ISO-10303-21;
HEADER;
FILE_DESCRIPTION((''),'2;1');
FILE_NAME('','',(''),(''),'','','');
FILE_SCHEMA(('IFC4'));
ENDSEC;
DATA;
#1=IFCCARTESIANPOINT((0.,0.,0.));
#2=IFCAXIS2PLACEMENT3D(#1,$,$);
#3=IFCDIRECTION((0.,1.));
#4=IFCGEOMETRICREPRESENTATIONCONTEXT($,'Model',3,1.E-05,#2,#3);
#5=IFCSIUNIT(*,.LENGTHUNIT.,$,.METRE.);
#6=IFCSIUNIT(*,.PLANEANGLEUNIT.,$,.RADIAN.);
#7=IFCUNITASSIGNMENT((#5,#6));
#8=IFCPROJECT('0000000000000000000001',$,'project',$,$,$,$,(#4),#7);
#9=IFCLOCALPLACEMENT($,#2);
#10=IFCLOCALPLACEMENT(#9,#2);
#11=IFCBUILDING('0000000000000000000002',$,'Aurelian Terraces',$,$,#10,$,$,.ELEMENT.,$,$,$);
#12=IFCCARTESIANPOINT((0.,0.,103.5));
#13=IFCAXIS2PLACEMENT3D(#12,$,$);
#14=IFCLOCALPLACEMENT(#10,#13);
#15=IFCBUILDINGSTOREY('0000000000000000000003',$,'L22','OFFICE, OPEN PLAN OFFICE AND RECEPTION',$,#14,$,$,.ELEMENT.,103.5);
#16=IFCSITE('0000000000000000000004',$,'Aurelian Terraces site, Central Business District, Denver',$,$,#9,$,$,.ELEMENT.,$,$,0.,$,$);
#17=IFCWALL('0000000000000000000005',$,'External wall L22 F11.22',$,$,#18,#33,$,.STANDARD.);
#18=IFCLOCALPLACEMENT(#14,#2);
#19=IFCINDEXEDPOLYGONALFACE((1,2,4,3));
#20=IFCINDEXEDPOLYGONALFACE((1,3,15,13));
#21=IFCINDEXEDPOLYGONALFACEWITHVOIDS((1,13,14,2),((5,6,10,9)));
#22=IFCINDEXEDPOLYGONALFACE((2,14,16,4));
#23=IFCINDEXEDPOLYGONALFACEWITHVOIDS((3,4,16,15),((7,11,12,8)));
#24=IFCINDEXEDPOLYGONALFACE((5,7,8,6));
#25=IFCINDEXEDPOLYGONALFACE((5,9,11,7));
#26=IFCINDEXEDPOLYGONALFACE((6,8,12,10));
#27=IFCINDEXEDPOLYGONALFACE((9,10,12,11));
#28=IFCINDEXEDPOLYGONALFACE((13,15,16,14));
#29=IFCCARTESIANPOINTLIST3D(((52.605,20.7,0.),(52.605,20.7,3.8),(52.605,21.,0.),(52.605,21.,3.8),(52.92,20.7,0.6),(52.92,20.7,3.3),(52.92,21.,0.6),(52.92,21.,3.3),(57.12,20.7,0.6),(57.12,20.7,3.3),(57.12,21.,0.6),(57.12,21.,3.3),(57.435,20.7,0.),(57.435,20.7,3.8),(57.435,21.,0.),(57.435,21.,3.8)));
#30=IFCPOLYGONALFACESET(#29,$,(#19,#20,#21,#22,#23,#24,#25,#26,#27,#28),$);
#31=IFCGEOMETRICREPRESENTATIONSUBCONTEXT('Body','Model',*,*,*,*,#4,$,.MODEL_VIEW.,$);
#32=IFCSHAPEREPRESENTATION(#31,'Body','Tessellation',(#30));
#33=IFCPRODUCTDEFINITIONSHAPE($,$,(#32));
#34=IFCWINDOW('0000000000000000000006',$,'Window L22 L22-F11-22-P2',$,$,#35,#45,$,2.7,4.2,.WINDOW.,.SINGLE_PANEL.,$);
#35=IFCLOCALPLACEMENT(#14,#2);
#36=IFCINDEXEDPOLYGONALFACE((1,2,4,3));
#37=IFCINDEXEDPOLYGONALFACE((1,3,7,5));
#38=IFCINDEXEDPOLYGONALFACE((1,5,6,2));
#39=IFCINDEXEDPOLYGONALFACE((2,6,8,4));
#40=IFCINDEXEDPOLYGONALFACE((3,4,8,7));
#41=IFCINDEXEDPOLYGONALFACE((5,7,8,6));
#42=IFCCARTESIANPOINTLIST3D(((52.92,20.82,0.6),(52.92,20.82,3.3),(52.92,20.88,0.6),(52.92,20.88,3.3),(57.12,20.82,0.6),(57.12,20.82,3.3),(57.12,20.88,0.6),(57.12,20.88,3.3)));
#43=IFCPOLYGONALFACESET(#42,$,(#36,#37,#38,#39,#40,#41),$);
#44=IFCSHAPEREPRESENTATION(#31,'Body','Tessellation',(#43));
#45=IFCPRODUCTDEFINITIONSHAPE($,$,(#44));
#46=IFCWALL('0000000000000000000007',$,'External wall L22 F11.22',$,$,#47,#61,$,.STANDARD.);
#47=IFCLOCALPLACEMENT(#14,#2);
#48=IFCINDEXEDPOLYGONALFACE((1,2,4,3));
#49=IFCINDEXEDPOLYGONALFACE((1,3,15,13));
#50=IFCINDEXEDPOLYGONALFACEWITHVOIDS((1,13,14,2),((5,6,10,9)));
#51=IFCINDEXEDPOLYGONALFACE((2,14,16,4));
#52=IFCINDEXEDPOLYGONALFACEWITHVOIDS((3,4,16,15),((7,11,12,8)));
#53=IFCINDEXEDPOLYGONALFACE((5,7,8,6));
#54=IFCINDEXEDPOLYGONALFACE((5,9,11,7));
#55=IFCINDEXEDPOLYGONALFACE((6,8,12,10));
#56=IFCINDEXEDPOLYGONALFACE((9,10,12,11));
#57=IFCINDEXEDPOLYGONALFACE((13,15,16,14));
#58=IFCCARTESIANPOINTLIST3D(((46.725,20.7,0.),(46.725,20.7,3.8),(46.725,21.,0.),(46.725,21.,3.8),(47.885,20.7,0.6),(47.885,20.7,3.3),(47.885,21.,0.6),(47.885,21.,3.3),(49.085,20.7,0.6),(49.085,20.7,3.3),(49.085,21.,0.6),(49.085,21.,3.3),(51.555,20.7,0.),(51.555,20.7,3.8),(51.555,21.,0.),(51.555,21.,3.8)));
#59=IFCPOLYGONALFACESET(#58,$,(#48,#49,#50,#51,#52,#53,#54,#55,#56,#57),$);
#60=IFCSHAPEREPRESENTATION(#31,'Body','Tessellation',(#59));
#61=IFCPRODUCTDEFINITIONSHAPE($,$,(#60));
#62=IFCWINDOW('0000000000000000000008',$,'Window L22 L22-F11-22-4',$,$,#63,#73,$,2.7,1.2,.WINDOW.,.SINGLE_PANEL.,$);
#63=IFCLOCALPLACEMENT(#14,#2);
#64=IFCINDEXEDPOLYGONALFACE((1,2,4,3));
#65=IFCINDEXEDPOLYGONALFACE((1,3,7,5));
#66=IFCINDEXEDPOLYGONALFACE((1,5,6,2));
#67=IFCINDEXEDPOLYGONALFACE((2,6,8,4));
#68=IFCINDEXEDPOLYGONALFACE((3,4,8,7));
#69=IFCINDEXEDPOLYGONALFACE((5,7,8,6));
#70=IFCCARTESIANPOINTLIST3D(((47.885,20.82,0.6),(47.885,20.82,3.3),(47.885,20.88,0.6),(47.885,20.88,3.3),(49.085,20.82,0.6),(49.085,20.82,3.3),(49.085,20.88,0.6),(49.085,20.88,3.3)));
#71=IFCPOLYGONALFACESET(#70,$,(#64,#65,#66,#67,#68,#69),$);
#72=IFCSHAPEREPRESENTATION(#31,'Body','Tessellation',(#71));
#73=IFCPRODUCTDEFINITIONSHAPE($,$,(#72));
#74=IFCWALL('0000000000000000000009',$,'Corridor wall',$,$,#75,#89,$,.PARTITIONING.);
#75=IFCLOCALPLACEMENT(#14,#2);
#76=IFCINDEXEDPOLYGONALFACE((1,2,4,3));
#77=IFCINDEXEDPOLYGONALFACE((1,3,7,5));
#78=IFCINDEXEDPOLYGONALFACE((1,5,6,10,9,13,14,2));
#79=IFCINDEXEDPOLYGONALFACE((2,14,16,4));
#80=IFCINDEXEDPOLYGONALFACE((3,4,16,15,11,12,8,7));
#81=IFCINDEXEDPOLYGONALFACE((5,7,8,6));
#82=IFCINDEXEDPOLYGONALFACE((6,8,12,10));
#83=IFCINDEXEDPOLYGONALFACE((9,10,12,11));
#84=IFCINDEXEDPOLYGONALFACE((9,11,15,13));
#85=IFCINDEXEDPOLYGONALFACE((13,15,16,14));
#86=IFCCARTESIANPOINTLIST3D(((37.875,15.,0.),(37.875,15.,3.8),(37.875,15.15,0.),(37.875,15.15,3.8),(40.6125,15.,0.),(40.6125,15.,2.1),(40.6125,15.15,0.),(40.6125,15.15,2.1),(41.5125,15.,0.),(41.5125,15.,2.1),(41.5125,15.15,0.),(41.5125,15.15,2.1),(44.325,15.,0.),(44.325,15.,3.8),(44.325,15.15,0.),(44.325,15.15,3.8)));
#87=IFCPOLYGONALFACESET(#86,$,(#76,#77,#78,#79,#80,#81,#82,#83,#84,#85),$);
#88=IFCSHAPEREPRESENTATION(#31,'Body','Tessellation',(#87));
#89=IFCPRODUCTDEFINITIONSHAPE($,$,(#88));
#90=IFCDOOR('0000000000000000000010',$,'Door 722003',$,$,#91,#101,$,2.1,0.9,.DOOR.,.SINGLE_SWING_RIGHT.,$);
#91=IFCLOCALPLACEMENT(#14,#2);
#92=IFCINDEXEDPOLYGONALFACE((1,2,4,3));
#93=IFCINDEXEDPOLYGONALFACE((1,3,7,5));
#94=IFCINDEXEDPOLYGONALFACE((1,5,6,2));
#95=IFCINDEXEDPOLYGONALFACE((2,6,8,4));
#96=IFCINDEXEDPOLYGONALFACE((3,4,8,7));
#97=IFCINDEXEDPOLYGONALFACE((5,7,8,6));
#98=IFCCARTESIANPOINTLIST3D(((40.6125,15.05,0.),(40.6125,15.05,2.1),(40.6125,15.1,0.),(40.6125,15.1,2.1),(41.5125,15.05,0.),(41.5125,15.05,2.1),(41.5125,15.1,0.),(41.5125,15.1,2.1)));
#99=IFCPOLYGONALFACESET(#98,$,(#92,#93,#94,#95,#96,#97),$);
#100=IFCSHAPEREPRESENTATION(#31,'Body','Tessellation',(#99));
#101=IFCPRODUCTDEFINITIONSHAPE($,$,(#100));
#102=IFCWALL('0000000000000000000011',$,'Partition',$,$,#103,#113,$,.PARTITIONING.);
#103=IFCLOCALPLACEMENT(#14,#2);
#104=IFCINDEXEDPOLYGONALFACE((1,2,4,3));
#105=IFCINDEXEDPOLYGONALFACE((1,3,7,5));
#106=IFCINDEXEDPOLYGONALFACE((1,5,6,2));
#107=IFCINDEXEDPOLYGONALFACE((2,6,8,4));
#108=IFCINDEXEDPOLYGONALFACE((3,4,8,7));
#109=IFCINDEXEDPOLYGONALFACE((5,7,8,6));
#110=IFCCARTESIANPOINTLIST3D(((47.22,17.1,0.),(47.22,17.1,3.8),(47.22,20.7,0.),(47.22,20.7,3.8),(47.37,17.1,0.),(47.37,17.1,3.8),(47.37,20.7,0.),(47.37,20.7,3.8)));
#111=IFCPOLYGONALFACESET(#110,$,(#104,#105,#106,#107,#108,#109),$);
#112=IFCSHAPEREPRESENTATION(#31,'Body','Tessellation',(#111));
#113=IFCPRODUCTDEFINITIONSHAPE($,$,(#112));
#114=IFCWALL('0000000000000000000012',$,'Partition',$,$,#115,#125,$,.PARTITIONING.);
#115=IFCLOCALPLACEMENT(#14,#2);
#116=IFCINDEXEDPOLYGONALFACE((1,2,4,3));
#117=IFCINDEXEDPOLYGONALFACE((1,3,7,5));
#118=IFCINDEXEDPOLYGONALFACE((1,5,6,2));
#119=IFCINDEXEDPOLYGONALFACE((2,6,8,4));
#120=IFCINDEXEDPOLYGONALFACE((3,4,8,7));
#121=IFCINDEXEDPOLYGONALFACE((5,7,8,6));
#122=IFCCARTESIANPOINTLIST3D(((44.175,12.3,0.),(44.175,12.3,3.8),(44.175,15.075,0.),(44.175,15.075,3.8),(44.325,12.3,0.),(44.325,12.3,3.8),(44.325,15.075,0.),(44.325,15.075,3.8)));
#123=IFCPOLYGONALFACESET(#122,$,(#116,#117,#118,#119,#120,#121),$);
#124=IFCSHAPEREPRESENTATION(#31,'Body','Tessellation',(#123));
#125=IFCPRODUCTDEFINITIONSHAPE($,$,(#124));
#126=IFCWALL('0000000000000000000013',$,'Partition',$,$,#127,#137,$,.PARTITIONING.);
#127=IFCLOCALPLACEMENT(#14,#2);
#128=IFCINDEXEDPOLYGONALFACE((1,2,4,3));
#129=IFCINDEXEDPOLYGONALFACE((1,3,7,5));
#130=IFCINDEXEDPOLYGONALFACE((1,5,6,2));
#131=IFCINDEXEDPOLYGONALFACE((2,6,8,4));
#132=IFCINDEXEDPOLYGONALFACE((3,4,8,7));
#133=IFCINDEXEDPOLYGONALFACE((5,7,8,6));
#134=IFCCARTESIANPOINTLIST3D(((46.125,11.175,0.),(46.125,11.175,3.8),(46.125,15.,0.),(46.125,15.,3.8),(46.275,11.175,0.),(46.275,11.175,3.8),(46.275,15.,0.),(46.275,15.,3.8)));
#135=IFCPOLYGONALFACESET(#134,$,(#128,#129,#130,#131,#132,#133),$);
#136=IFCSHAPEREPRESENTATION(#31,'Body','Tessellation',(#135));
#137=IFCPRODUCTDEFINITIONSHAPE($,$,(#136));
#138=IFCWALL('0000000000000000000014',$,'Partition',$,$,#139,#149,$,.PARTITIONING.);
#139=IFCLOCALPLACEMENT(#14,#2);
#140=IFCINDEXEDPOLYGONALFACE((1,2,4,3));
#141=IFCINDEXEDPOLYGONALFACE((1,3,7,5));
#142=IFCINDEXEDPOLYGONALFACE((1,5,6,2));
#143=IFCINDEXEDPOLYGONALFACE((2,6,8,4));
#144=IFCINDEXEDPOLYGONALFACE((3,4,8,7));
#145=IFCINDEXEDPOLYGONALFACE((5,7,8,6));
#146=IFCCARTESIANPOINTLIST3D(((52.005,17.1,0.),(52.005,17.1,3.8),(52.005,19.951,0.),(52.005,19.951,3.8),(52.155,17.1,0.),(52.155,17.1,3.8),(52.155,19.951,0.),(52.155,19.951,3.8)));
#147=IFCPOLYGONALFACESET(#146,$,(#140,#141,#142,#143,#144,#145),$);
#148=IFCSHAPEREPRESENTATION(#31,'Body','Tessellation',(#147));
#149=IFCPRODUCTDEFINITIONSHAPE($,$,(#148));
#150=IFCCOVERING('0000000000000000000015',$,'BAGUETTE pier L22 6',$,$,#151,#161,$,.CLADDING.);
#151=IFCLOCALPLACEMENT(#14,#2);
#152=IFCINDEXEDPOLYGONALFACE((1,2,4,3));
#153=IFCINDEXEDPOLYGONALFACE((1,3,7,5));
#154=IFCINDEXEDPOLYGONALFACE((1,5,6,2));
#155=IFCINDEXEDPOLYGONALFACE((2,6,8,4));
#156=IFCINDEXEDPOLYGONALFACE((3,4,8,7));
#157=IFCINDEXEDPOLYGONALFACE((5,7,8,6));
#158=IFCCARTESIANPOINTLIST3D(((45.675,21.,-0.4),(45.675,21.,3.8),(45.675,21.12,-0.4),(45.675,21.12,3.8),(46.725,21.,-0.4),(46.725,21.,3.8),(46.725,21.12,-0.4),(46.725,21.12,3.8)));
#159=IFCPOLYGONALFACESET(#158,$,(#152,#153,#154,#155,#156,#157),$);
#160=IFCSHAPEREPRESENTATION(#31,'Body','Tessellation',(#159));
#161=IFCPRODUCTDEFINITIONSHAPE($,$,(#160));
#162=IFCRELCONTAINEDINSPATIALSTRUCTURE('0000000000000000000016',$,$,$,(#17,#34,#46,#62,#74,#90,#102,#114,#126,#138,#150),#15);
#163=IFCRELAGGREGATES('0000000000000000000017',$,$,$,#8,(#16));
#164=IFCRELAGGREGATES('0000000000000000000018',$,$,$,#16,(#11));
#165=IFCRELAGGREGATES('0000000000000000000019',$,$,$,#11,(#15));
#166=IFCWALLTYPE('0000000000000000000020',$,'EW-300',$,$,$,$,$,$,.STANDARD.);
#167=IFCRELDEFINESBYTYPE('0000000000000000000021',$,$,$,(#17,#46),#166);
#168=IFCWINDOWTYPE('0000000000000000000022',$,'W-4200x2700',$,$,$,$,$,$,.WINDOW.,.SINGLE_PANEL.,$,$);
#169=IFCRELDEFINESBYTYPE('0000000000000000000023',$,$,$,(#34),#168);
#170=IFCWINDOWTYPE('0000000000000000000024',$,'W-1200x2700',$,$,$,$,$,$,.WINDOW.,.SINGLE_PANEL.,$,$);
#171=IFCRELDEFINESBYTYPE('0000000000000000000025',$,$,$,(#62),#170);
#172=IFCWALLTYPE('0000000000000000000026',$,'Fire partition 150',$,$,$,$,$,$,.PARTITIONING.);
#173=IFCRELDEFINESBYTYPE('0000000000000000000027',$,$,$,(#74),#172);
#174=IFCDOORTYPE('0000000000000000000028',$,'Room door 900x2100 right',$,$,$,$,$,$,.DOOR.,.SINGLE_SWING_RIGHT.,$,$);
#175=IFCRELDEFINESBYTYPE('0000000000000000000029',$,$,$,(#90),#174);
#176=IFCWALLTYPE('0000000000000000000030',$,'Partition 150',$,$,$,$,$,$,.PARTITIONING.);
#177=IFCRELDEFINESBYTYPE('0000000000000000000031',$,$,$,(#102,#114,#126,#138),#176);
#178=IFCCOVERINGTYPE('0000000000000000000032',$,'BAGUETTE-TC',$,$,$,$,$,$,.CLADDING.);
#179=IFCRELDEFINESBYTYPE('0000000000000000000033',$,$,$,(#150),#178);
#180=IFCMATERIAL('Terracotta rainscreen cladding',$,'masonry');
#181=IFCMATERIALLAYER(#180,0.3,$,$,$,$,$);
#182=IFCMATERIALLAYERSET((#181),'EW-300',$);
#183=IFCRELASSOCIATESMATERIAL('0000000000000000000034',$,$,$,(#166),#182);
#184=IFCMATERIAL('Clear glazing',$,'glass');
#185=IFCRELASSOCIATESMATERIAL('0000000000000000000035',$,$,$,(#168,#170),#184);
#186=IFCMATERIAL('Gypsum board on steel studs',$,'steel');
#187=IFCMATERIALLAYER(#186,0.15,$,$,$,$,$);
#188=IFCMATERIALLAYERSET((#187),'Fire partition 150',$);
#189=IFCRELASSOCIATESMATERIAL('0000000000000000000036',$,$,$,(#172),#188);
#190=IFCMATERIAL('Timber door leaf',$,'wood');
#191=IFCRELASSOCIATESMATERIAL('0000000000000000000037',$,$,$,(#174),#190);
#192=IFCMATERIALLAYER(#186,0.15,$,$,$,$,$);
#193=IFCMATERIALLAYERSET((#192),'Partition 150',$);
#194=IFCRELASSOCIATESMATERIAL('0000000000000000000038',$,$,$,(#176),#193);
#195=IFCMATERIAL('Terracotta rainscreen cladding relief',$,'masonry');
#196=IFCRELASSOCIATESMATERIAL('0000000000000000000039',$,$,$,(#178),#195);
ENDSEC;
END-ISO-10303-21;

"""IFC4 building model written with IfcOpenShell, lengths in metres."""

from ifc_helpers import new_model, si_unit, direction, frame, frame_2d, origin, origin_2d, place, context, subcontext, project, spatial, rectangle, extrude, source, transform, mapped, material, layer, layer_set, type_object, element, fill, save


model = new_model("IFC4")

# Units and contexts
model_context = context("Model", 3, precision=1e-05, world=origin(), true_north=direction((0.0, 1.0)))
body_context = subcontext(model_context, "Body", "Model", "MODEL_VIEW")
ifc_project = project(units=[si_unit("LENGTHUNIT", "METRE"), si_unit("PLANEANGLEUNIT", "RADIAN")], contexts=[model_context])

# Site, building, storey
site_placement = place(None, origin())
site = spatial("IfcSite", under=ifc_project, at=site_placement, Name="Aurelian Terraces site, Central Business District, Denver", CompositionType="ELEMENT", RefElevation=0.0)
building_placement = place(site_placement, origin())
building = spatial("IfcBuilding", under=site, at=building_placement, Name="Aurelian Terraces", CompositionType="ELEMENT")
storey_placement = place(building_placement, frame((0.0, 0.0, 103.5)))
storey = spatial("IfcBuildingStorey", under=building, at=storey_placement, Name="L22", Description="OFFICE, OPEN PLAN OFFICE AND RECEPTION", CompositionType="ELEMENT", Elevation=103.5)

# Shared definitions
ifc_material_1 = material(Name="Clear glazing", Category="glass")

# Shared definitions
ifc_material_2 = material(Name="Terracotta rainscreen cladding", Category="masonry")
ifc_layer_1 = layer(ifc_material_2, 0.3)
ifc_layer_set_1 = layer_set([ifc_layer_1], Name="EW-300")
wall_type_1 = type_object("IfcWallType", Name="EW-300", PredefinedType="STANDARD", material=ifc_layer_set_1)
ifc_material_3 = material(Name="Timber door leaf", Category="wood")

# Walls, openings, windows
shared_shape_1 = source(origin(), body_context, "Body", "SweptSolid", [
    extrude(rectangle(XDim=4.83, YDim=0.3, at=frame_2d((2.415, 0.0))), origin(), (0.0, 0.0, 1.0), 3.8),
])
wall_1_placement = place(storey_placement, frame((57.435, 20.85, 0.0), z_axis=(0.0, 0.0, 1.0), x_axis=(-1.0, 0.0, 0.0)))
wall_1 = element("IfcWall", 1, at=wall_1_placement, inside=storey, type_object=wall_type_1, Name="External wall L22 F11.22", PredefinedType="STANDARD", context=body_context, shape_type="MappedRepresentation", body=[
    mapped(shared_shape_1, transform((0.0, 0.0, 0.0), scale=1.0)),
])
opening_1_placement = place(wall_1_placement, frame((0.315, 0.0, 0.6)))
opening_1 = element("IfcOpeningElement", 2, at=opening_1_placement, cuts=wall_1, PredefinedType="OPENING", context=body_context, shape_type="SweptSolid", body=[
    extrude(rectangle(XDim=4.2, YDim=2.7, at=frame_2d((2.1, 1.35))), frame((0.0, 0.16, 0.0), z_axis=(0.0, -1.0, 0.0), x_axis=(1.0, 0.0, 0.0)), (0.0, 0.0, 1.0), 0.32),
])
window_type_1 = type_object("IfcWindowType", Name="W-4200x2700", PartitioningType="SINGLE_PANEL", PredefinedType="WINDOW", material=ifc_material_1)
window_1_placement = place(opening_1_placement, origin())
window_1 = element("IfcWindow", 3, at=window_1_placement, inside=storey, type_object=window_type_1, Name="Window L22 L22-F11-22-P2", OverallHeight=2.7, OverallWidth=4.2, PartitioningType="SINGLE_PANEL", PredefinedType="WINDOW", context=body_context, shape_type="SweptSolid", body=[
    extrude(rectangle(XDim=4.2, YDim=2.7, at=frame_2d((2.1, 1.35))), frame((0.0, 0.03, 0.0), z_axis=(0.0, -1.0, 0.0), x_axis=(1.0, 0.0, 0.0)), (0.0, 0.0, 1.0), 0.06),
])
fill(opening_1, window_1)
wall_2_placement = place(storey_placement, frame((51.555, 20.85, 0.0), z_axis=(0.0, 0.0, 1.0), x_axis=(-1.0, 0.0, 0.0)))
wall_2 = element("IfcWall", 4, at=wall_2_placement, inside=storey, type_object=wall_type_1, Name="External wall L22 F11.22", PredefinedType="STANDARD", context=body_context, shape_type="MappedRepresentation", body=[
    mapped(shared_shape_1, transform((0.0, 0.0, 0.0), scale=1.0)),
])
shared_shape_2 = source(origin(), body_context, "Body", "SweptSolid", [
    extrude(rectangle(XDim=1.2, YDim=2.7, at=frame_2d((0.6, 1.35))), frame((0.0, 0.16, 0.0), z_axis=(0.0, -1.0, 0.0), x_axis=(1.0, 0.0, 0.0)), (0.0, 0.0, 1.0), 0.32),
])
opening_2_placement = place(wall_2_placement, frame((2.47, 0.0, 0.6)))
opening_2 = element("IfcOpeningElement", 5, at=opening_2_placement, cuts=wall_2, PredefinedType="OPENING", context=body_context, shape_type="MappedRepresentation", body=[
    mapped(shared_shape_2, transform((0.0, 0.0, 0.0), scale=1.0)),
])
window_type_2 = type_object("IfcWindowType", Name="W-1200x2700", PartitioningType="SINGLE_PANEL", PredefinedType="WINDOW", material=ifc_material_1)
shared_shape_3 = source(origin(), body_context, "Body", "SweptSolid", [
    extrude(rectangle(XDim=1.2, YDim=2.7, at=frame_2d((0.6, 1.35))), frame((0.0, 0.03, 0.0), z_axis=(0.0, -1.0, 0.0), x_axis=(1.0, 0.0, 0.0)), (0.0, 0.0, 1.0), 0.06),
])
window_2_placement = place(opening_2_placement, origin())
window_2 = element("IfcWindow", 6, at=window_2_placement, inside=storey, type_object=window_type_2, Name="Window L22 L22-F11-22-4", OverallHeight=2.7, OverallWidth=1.2, PartitioningType="SINGLE_PANEL", PredefinedType="WINDOW", context=body_context, shape_type="MappedRepresentation", body=[
    mapped(shared_shape_3, transform((0.0, 0.0, 0.0), scale=1.0)),
])
fill(opening_2, window_2)

# Wall, opening, door
ifc_material_4 = material(Name="Gypsum board on steel studs", Category="steel")
ifc_layer_2 = layer(ifc_material_4, 0.15)
ifc_layer_set_2 = layer_set([ifc_layer_2], Name="Fire partition 150")
wall_type_2 = type_object("IfcWallType", Name="Fire partition 150", PredefinedType="PARTITIONING", material=ifc_layer_set_2)
shared_shape_4 = source(origin(), body_context, "Body", "SweptSolid", [
    extrude(rectangle(XDim=6.45, YDim=0.15, at=frame_2d((3.225, 0.0))), origin(), (0.0, 0.0, 1.0), 3.8),
])
wall_3_placement = place(storey_placement, frame((44.325, 15.075, 0.0), z_axis=(0.0, 0.0, 1.0), x_axis=(-1.0, 0.0, 0.0)))
wall_3 = element("IfcWall", 7, at=wall_3_placement, inside=storey, type_object=wall_type_2, Name="Corridor wall", PredefinedType="PARTITIONING", context=body_context, shape_type="MappedRepresentation", body=[
    mapped(shared_shape_4, transform((0.0, 0.0, 0.0), scale=1.0)),
])
shared_shape_5 = source(origin(), body_context, "Body", "SweptSolid", [
    extrude(rectangle(XDim=0.9, YDim=2.1, at=frame_2d((0.45, 1.05))), frame((0.0, 0.085, 0.0), z_axis=(0.0, -1.0, 0.0), x_axis=(1.0, 0.0, 0.0)), (0.0, 0.0, 1.0), 0.17),
])
opening_3_placement = place(wall_3_placement, frame((2.8125, 0.0, 0.0)))
opening_3 = element("IfcOpeningElement", 8, at=opening_3_placement, cuts=wall_3, PredefinedType="OPENING", context=body_context, shape_type="MappedRepresentation", body=[
    mapped(shared_shape_5, transform((0.0, 0.0, 0.0), scale=1.0)),
])
door_type_1 = type_object("IfcDoorType", Name="Room door 900x2100 right", OperationType="SINGLE_SWING_RIGHT", PredefinedType="DOOR", material=ifc_material_3)
shared_shape_6 = source(origin(), body_context, "Body", "SweptSolid", [
    extrude(rectangle(XDim=0.9, YDim=2.1, at=frame_2d((0.45, 1.05))), frame((0.0, 0.025, 0.0), z_axis=(0.0, -1.0, 0.0), x_axis=(1.0, 0.0, 0.0)), (0.0, 0.0, 1.0), 0.05),
])
door_1_placement = place(opening_3_placement, origin())
door_1 = element("IfcDoor", 9, at=door_1_placement, inside=storey, type_object=door_type_1, Name="Door 722003", OperationType="SINGLE_SWING_RIGHT", OverallHeight=2.1, OverallWidth=0.9, PredefinedType="DOOR", context=body_context, shape_type="MappedRepresentation", body=[
    mapped(shared_shape_6, transform((0.0, 0.0, 0.0), scale=1.0)),
])
fill(opening_3, door_1)

# Walls
ifc_layer_3 = layer(ifc_material_4, 0.15)
ifc_layer_set_3 = layer_set([ifc_layer_3], Name="Partition 150")
wall_type_3 = type_object("IfcWallType", Name="Partition 150", PredefinedType="PARTITIONING", material=ifc_layer_set_3)
shared_shape_7 = source(origin(), body_context, "Body", "SweptSolid", [
    extrude(rectangle(XDim=3.6, YDim=0.15, at=frame_2d((1.8, 0.0))), origin(), (0.0, 0.0, 1.0), 3.8),
])
wall_4_placement = place(storey_placement, frame((47.295, 20.7, 0.0), z_axis=(0.0, 0.0, 1.0), x_axis=(0.0, -1.0, 0.0)))
element("IfcWall", 10, at=wall_4_placement, inside=storey, type_object=wall_type_3, Name="Partition", PredefinedType="PARTITIONING", context=body_context, shape_type="MappedRepresentation", body=[
    mapped(shared_shape_7, transform((0.0, 0.0, 0.0), scale=1.0)),
])
shared_shape_8 = source(origin(), body_context, "Body", "SweptSolid", [
    extrude(rectangle(XDim=2.775, YDim=0.15, at=frame_2d((1.3875, 0.0))), origin(), (0.0, 0.0, 1.0), 3.8),
])
wall_5_placement = place(storey_placement, frame((44.25, 12.3, 0.0), z_axis=(0.0, 0.0, 1.0), x_axis=(0.0, 1.0, 0.0)))
element("IfcWall", 11, at=wall_5_placement, inside=storey, type_object=wall_type_3, Name="Partition", PredefinedType="PARTITIONING", context=body_context, shape_type="MappedRepresentation", body=[
    mapped(shared_shape_8, transform((0.0, 0.0, 0.0), scale=1.0)),
])
shared_shape_9 = source(origin(), body_context, "Body", "SweptSolid", [
    extrude(rectangle(XDim=3.825, YDim=0.15, at=frame_2d((1.9125, 0.0))), origin(), (0.0, 0.0, 1.0), 3.8),
])
wall_6_placement = place(storey_placement, frame((46.2, 11.175, 0.0), z_axis=(0.0, 0.0, 1.0), x_axis=(0.0, 1.0, 0.0)))
element("IfcWall", 12, at=wall_6_placement, inside=storey, type_object=wall_type_3, Name="Partition", PredefinedType="PARTITIONING", context=body_context, shape_type="MappedRepresentation", body=[
    mapped(shared_shape_9, transform((0.0, 0.0, 0.0), scale=1.0)),
])
shared_shape_10 = source(origin(), body_context, "Body", "SweptSolid", [
    extrude(rectangle(XDim=2.851, YDim=0.15, at=frame_2d((1.4255, 0.0))), origin(), (0.0, 0.0, 1.0), 3.8),
])
wall_7_placement = place(storey_placement, frame((52.08, 17.1, 0.0), z_axis=(0.0, 0.0, 1.0), x_axis=(0.0, 1.0, 0.0)))
element("IfcWall", 13, at=wall_7_placement, inside=storey, type_object=wall_type_3, Name="Partition", PredefinedType="PARTITIONING", context=body_context, shape_type="MappedRepresentation", body=[
    mapped(shared_shape_10, transform((0.0, 0.0, 0.0), scale=1.0)),
])

# Covering
ifc_material_5 = material(Name="Terracotta rainscreen cladding relief", Category="masonry")
covering_type = type_object("IfcCoveringType", Name="BAGUETTE-TC", PredefinedType="CLADDING", material=ifc_material_5)
shared_shape_11 = source(origin(), body_context, "Body", "SweptSolid", [
    extrude(rectangle(XDim=1.05, YDim=0.12, at=origin_2d()), origin(), (0.0, 0.0, 1.0), 4.2),
])
covering_placement = place(storey_placement, frame((46.2, 21.06, -0.4), z_axis=(0.0, 0.0, 1.0), x_axis=(1.0, 0.0, 0.0)))
element("IfcCovering", 14, at=covering_placement, inside=storey, type_object=covering_type, Name="BAGUETTE pier L22 6", PredefinedType="CLADDING", context=body_context, shape_type="MappedRepresentation", body=[
    mapped(shared_shape_11, transform((0.0, 0.0, 0.0), scale=1.0)),
])

save(model, "model.ifc")
